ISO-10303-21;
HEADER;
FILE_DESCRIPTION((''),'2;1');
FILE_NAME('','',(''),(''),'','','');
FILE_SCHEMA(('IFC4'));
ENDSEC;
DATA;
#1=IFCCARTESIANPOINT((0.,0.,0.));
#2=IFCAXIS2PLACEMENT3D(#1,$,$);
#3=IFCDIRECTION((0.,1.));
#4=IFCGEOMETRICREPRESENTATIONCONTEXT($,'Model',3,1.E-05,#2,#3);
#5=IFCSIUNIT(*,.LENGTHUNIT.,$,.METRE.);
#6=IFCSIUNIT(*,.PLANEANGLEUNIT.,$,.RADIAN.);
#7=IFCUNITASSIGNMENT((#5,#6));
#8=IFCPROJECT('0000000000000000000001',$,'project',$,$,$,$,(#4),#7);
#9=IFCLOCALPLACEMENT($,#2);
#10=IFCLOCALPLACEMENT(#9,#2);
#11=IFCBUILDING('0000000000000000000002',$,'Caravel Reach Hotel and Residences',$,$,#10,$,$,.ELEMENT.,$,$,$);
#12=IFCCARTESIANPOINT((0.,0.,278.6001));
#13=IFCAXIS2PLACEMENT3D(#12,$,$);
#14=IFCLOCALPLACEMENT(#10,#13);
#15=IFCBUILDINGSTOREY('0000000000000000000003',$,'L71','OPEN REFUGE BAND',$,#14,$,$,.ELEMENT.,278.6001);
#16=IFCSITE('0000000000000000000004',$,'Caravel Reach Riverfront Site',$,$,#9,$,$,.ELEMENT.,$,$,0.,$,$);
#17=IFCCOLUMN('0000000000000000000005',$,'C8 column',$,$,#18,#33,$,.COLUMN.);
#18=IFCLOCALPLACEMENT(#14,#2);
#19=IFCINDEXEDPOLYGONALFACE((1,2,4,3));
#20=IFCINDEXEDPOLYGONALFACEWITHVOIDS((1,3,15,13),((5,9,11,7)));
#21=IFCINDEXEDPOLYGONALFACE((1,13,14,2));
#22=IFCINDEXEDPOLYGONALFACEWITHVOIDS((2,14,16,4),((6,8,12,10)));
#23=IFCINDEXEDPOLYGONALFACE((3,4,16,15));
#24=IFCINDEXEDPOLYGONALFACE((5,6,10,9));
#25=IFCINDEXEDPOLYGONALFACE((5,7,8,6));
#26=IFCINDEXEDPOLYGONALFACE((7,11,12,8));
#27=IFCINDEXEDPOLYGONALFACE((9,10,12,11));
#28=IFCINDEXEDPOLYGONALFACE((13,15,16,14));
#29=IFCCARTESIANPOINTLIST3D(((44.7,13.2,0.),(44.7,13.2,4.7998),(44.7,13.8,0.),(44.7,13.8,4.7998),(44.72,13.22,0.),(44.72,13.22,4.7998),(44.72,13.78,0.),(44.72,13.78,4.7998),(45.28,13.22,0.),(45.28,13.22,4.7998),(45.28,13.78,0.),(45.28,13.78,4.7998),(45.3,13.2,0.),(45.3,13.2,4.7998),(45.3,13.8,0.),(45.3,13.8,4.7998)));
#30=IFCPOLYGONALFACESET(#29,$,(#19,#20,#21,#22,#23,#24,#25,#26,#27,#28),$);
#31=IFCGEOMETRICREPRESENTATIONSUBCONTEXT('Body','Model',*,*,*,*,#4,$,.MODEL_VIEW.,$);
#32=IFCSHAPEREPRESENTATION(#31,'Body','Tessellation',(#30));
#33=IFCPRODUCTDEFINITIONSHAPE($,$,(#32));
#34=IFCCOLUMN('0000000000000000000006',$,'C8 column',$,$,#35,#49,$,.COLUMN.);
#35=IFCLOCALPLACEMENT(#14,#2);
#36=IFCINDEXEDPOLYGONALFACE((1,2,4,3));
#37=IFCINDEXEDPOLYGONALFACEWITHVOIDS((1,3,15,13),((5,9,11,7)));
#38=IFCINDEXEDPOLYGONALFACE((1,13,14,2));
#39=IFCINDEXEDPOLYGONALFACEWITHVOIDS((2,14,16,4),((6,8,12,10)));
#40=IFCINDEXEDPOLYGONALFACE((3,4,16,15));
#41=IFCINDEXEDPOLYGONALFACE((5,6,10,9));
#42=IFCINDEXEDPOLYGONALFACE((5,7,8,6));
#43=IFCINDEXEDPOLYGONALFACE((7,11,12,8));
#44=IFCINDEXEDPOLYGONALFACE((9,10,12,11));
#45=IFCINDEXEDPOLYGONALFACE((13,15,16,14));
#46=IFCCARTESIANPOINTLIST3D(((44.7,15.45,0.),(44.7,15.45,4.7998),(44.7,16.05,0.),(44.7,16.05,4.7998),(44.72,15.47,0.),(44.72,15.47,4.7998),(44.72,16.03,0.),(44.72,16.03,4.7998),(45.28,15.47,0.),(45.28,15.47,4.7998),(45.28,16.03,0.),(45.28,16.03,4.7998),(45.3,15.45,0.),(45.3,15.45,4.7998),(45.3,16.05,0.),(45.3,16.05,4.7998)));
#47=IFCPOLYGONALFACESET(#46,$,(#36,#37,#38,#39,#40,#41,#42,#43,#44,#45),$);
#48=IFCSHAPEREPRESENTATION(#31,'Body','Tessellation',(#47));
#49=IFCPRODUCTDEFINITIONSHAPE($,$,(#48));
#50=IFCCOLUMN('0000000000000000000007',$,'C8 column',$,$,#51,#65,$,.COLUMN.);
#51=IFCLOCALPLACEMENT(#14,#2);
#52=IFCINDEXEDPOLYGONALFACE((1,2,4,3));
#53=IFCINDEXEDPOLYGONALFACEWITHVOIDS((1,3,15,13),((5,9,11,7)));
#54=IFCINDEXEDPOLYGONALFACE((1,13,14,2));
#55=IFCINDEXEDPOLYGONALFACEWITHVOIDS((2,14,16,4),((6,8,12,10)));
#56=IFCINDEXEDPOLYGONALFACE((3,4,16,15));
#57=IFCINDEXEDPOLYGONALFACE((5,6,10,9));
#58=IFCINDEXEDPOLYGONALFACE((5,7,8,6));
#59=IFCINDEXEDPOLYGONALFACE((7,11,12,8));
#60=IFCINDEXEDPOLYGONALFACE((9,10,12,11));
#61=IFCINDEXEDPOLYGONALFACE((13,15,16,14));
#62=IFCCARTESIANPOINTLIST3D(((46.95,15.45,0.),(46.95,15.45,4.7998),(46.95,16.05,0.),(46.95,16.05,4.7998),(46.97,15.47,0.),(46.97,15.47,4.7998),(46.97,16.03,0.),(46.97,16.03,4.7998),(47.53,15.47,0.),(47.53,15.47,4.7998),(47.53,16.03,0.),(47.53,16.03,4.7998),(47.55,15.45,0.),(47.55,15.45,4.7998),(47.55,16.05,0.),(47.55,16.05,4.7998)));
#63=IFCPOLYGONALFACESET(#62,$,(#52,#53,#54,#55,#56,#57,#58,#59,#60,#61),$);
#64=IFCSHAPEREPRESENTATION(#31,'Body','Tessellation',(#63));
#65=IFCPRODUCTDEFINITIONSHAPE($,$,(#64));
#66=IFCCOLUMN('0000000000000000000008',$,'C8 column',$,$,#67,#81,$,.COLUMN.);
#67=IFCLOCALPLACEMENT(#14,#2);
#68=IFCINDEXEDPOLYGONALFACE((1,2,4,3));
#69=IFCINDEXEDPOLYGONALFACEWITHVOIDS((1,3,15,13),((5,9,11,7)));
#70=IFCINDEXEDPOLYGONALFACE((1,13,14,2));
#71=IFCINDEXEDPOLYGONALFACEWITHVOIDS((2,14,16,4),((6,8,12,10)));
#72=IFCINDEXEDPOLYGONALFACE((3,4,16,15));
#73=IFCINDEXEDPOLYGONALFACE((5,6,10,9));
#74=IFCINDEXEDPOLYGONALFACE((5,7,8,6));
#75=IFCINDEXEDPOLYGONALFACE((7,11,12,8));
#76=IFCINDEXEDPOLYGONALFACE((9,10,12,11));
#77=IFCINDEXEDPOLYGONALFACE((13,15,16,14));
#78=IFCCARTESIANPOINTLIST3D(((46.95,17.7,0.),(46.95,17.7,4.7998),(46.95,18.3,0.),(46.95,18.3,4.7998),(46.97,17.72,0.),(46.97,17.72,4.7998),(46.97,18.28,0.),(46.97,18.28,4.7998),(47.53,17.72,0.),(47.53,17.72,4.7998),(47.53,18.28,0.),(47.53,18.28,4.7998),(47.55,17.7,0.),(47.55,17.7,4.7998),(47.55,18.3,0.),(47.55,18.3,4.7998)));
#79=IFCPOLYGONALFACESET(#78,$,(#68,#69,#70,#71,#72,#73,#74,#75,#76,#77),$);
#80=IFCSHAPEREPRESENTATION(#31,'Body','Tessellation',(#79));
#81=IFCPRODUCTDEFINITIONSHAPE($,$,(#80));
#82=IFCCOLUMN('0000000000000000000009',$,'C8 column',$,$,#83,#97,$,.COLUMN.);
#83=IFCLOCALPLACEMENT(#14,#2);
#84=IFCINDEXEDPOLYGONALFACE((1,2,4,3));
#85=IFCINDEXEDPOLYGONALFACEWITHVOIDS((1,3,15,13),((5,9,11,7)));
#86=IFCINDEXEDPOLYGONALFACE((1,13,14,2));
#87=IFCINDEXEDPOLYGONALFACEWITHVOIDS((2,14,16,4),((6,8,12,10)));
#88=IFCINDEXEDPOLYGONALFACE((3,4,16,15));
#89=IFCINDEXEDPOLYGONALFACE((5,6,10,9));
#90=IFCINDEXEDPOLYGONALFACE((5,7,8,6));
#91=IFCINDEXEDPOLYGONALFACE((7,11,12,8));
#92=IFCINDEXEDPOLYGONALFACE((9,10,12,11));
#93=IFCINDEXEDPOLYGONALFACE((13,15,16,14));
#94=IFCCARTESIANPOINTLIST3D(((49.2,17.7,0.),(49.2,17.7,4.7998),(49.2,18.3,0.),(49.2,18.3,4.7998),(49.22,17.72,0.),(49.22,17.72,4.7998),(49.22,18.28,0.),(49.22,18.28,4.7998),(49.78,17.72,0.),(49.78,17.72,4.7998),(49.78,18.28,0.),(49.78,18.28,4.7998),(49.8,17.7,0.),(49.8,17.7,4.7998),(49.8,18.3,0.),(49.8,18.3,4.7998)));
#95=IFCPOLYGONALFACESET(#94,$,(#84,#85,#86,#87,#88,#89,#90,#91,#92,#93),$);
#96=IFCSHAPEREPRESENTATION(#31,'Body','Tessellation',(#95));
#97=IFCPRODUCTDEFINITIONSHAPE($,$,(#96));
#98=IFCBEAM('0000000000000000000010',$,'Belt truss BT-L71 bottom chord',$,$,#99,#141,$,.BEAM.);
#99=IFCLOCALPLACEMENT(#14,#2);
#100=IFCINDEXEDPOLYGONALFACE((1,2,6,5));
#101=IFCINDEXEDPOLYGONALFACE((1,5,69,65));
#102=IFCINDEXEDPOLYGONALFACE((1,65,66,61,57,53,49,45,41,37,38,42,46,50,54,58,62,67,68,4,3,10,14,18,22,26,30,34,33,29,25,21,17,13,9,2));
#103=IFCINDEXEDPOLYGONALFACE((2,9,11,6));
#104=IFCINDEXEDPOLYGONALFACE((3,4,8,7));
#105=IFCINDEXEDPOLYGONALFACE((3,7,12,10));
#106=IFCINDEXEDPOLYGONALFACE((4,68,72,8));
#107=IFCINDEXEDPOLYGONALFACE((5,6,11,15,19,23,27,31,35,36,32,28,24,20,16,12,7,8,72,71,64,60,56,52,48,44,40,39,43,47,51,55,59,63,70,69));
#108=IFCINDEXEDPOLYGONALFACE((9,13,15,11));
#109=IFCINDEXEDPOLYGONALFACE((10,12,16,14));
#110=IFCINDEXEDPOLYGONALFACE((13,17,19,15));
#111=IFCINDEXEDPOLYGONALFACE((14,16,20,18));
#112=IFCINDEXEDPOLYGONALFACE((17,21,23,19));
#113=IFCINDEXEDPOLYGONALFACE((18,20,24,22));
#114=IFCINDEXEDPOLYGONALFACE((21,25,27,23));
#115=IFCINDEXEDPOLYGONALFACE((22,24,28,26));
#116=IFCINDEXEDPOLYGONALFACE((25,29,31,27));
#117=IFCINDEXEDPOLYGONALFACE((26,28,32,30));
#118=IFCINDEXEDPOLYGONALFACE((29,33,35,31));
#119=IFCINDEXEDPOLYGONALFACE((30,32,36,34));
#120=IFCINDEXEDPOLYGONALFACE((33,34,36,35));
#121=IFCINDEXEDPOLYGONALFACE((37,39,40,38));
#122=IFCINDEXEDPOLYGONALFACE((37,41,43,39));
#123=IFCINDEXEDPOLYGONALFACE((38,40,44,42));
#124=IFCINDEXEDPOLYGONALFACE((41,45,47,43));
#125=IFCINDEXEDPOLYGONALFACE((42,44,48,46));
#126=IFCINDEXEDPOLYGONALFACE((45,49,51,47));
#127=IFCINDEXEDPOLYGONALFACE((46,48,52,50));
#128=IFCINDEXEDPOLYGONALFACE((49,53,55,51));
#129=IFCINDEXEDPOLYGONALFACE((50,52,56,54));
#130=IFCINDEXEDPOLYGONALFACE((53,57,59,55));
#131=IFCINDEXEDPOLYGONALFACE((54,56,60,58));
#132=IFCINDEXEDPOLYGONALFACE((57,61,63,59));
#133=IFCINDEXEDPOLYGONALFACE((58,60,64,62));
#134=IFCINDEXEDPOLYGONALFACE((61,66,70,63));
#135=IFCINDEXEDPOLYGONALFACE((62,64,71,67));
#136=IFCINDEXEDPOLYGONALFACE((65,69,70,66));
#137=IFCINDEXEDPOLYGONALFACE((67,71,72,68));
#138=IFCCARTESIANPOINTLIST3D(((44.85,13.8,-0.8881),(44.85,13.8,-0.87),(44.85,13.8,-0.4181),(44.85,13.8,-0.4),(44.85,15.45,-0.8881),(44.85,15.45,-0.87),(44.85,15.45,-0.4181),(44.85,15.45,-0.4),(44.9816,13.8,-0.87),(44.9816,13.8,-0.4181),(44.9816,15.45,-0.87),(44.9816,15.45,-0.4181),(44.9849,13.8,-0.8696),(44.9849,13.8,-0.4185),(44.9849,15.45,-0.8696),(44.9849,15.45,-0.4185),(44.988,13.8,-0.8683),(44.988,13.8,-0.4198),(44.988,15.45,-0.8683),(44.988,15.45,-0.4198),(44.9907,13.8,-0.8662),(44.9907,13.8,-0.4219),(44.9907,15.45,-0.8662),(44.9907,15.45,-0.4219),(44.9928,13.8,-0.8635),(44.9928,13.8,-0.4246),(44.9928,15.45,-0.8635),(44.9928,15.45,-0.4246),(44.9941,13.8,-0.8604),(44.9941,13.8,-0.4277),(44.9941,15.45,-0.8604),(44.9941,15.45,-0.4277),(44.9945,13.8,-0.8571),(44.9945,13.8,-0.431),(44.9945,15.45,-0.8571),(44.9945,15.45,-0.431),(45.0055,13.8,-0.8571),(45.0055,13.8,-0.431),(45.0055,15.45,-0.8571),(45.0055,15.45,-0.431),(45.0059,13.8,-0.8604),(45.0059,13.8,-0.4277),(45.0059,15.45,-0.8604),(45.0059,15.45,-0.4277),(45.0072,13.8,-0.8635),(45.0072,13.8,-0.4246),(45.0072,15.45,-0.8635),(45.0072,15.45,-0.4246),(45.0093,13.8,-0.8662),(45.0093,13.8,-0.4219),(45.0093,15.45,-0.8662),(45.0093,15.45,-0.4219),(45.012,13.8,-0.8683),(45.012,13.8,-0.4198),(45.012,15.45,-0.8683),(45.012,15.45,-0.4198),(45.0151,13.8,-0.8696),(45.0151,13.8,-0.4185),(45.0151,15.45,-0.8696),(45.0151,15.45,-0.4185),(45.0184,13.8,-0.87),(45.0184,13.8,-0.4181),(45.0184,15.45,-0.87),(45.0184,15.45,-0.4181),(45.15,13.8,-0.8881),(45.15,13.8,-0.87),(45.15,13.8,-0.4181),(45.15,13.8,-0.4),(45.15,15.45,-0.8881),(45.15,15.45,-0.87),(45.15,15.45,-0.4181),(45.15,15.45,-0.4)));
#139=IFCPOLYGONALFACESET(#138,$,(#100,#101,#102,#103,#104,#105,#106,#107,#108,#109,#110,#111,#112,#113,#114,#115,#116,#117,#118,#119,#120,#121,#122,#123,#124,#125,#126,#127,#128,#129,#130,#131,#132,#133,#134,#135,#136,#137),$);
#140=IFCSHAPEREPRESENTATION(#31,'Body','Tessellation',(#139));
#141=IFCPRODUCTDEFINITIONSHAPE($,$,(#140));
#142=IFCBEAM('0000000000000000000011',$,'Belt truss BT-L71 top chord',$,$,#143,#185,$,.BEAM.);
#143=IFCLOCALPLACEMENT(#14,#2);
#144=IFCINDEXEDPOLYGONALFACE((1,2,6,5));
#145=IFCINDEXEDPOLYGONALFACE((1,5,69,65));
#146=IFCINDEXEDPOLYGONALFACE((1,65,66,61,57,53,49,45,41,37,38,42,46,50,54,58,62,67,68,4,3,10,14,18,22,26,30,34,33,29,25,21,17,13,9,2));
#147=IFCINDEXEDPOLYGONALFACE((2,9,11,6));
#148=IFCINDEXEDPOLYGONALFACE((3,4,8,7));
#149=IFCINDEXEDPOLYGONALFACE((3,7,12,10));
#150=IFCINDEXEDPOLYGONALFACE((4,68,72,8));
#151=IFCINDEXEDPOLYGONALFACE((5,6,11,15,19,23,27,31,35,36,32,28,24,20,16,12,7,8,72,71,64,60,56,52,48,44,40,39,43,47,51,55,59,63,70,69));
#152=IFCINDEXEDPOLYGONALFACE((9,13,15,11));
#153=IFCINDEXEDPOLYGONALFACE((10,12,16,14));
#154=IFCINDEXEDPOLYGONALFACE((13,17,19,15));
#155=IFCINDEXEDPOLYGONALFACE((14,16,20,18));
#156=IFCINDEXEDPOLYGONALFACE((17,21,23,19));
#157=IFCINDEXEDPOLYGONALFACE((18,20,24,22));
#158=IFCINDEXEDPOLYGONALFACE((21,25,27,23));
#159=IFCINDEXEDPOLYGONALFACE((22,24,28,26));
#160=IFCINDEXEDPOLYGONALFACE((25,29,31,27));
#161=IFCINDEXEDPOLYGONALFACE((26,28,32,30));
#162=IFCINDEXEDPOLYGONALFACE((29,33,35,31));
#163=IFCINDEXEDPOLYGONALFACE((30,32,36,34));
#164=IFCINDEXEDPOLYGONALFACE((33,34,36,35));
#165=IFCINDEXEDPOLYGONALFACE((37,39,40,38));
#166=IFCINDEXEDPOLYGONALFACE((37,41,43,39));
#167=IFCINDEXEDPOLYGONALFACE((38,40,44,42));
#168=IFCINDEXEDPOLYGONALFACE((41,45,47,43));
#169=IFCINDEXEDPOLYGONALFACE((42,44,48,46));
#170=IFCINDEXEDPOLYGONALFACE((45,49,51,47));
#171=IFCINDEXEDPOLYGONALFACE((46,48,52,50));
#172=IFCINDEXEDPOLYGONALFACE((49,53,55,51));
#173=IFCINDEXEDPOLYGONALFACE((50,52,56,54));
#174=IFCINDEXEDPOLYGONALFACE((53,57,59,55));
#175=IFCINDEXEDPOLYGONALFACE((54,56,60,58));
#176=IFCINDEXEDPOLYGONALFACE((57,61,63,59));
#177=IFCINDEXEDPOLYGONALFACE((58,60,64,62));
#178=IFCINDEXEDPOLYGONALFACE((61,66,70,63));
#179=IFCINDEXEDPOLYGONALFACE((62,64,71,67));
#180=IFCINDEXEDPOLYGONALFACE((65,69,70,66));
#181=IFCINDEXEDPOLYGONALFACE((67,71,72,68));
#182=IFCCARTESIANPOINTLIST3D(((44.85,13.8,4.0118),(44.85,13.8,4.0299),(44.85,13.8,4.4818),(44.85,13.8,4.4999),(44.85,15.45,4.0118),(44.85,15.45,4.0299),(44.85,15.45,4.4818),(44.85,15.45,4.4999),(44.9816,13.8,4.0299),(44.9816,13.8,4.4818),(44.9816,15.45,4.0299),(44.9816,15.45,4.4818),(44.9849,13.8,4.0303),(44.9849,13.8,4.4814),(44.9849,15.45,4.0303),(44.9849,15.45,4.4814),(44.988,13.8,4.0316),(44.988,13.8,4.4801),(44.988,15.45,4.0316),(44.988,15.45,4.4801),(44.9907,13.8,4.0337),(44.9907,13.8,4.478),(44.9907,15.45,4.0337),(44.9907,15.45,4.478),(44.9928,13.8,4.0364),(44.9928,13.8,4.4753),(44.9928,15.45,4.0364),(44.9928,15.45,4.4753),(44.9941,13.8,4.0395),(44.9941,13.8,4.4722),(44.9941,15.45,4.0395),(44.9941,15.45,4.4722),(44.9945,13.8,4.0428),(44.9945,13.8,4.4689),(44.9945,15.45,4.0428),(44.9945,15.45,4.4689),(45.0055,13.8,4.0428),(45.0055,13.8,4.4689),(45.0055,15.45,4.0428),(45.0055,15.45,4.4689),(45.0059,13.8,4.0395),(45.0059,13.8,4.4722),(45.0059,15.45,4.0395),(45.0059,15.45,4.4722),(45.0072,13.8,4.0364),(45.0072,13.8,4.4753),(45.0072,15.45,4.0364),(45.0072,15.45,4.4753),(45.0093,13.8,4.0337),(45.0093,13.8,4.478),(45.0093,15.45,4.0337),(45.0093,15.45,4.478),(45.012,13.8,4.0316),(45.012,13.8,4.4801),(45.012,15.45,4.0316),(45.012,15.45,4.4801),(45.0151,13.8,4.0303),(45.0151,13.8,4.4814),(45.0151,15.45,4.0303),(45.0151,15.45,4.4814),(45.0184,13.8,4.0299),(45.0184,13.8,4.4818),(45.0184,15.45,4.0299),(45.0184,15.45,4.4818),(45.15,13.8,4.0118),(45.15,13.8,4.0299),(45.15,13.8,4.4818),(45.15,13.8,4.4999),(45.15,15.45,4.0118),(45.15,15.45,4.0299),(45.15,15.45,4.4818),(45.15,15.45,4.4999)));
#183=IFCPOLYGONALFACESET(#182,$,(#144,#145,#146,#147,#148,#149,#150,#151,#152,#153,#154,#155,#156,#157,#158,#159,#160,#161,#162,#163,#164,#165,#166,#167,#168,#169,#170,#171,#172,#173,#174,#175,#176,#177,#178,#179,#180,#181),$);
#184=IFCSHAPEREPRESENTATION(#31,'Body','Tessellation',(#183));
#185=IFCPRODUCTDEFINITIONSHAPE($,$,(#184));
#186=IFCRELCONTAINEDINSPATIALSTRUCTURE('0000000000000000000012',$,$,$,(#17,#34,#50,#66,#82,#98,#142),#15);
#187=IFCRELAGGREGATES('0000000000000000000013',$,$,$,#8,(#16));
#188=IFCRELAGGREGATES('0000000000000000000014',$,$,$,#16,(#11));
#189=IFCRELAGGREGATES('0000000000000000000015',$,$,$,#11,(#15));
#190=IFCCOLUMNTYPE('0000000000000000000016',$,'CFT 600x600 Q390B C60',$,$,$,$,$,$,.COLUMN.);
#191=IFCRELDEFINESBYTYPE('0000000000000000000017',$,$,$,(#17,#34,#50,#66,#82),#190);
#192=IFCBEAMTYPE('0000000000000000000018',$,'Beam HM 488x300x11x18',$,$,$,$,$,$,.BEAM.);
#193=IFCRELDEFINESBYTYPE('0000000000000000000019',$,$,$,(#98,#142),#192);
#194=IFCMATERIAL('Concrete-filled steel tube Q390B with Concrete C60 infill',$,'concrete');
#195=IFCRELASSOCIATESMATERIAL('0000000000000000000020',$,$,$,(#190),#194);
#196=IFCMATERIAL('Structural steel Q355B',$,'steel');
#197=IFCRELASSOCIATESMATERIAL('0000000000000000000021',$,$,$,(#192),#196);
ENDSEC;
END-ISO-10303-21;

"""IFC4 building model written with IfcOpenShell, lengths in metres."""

from ifc_helpers import new_model, si_unit, direction, frame, origin, origin_2d, place, context, subcontext, project, spatial, hollow_rectangle, i_section, extrude, material, material_profile, profile_set, type_object, element, save


model = new_model("IFC4")

# Units and contexts
model_context = context("Model", 3, precision=1e-05, world=origin(), true_north=direction((0.0, 1.0)))
body_context = subcontext(model_context, "Body", "Model", "MODEL_VIEW")
ifc_project = project(units=[si_unit("LENGTHUNIT", "METRE"), si_unit("PLANEANGLEUNIT", "RADIAN")], contexts=[model_context])

# Site, building, storey
site_placement = place(None, origin())
site = spatial("IfcSite", under=ifc_project, at=site_placement, Name="Caravel Reach Riverfront Site", CompositionType="ELEMENT", RefElevation=0.0)
building_placement = place(site_placement, origin())
building = spatial("IfcBuilding", under=site, at=building_placement, Name="Caravel Reach Hotel and Residences", CompositionType="ELEMENT")
storey_placement = place(building_placement, frame((0.0, 0.0, 278.6001)))
storey = spatial("IfcBuildingStorey", under=building, at=storey_placement, Name="L71", Description="OPEN REFUGE BAND", CompositionType="ELEMENT", Elevation=278.6001)

# Columns
ifc_material_1 = material(Name="Concrete-filled steel tube Q390B with Concrete C60 infill", Category="concrete")
ifc_material_profile_1 = material_profile(ifc_material_1, hollow_rectangle(XDim=0.6001, YDim=0.6001, WallThickness=0.02, at=origin_2d()), Name="RHS 600x600x20")
ifc_profile_set_1 = profile_set([ifc_material_profile_1], Name="Concrete-filled steel tube Q390B with Concrete C60 infill")
column_type = type_object("IfcColumnType", Name="CFT 600x600 Q390B C60", PredefinedType="COLUMN", material=ifc_profile_set_1)
for number, where, z_axis, x_axis, name in (
    (1, (45.0, 13.5, 0.0), (0.0, 0.0, 1.0), (1.0, 0.0, 0.0), "C8 column"),
    (2, (45.0, 15.75, 0.0), (0.0, 0.0, 1.0), (1.0, 0.0, 0.0), "C8 column"),
    (3, (47.25, 15.75, 0.0), (0.0, 0.0, 1.0), (1.0, 0.0, 0.0), "C8 column"),
    (4, (47.25, 18.0, 0.0), (0.0, 0.0, 1.0), (1.0, 0.0, 0.0), "C8 column"),
    (5, (49.5, 18.0, 0.0), (0.0, 0.0, 1.0), (1.0, 0.0, 0.0), "C8 column"),
):
    element("IfcColumn", number, at=place(storey_placement, frame(where, z_axis=z_axis, x_axis=x_axis)), inside=storey, type_object=column_type, Name=name, PredefinedType="COLUMN", context=body_context, shape_type="SweptSolid", body=[
        extrude(hollow_rectangle(XDim=0.6001, YDim=0.6001, WallThickness=0.02, at=origin_2d()), origin(), (0.0, 0.0, 1.0), 4.7998),
    ])

# Beams
ifc_material_2 = material(Name="Structural steel Q355B", Category="steel")
ifc_material_profile_2 = material_profile(ifc_material_2, i_section(OverallWidth=0.3, OverallDepth=0.488, WebThickness=0.011, FlangeThickness=0.0181, FilletRadius=0.0129, at=origin_2d()), Name="HM 488x300x11x18")
ifc_profile_set_2 = profile_set([ifc_material_profile_2], Name="Structural steel Q355B")
beam_type = type_object("IfcBeamType", Name="Beam HM 488x300x11x18", PredefinedType="BEAM", material=ifc_profile_set_2)
for number, where, z_axis, x_axis, name in (
    (6, (45.0, 13.8, -0.644), (0.0, 1.0, 0.0), (-1.0, 0.0, 0.0), "Belt truss BT-L71 bottom chord"),
    (7, (45.0, 13.8, 4.2559), (0.0, 1.0, 0.0), (-1.0, 0.0, 0.0), "Belt truss BT-L71 top chord"),
):
    element("IfcBeam", number, at=place(storey_placement, frame(where, z_axis=z_axis, x_axis=x_axis)), inside=storey, type_object=beam_type, Name=name, PredefinedType="BEAM", context=body_context, shape_type="SweptSolid", body=[
        extrude(i_section(OverallWidth=0.3, OverallDepth=0.488, WebThickness=0.011, FlangeThickness=0.0181, FilletRadius=0.0129, at=origin_2d()), origin(), (0.0, 0.0, 1.0), 1.6499),
    ])

save(model, "model.ifc")
